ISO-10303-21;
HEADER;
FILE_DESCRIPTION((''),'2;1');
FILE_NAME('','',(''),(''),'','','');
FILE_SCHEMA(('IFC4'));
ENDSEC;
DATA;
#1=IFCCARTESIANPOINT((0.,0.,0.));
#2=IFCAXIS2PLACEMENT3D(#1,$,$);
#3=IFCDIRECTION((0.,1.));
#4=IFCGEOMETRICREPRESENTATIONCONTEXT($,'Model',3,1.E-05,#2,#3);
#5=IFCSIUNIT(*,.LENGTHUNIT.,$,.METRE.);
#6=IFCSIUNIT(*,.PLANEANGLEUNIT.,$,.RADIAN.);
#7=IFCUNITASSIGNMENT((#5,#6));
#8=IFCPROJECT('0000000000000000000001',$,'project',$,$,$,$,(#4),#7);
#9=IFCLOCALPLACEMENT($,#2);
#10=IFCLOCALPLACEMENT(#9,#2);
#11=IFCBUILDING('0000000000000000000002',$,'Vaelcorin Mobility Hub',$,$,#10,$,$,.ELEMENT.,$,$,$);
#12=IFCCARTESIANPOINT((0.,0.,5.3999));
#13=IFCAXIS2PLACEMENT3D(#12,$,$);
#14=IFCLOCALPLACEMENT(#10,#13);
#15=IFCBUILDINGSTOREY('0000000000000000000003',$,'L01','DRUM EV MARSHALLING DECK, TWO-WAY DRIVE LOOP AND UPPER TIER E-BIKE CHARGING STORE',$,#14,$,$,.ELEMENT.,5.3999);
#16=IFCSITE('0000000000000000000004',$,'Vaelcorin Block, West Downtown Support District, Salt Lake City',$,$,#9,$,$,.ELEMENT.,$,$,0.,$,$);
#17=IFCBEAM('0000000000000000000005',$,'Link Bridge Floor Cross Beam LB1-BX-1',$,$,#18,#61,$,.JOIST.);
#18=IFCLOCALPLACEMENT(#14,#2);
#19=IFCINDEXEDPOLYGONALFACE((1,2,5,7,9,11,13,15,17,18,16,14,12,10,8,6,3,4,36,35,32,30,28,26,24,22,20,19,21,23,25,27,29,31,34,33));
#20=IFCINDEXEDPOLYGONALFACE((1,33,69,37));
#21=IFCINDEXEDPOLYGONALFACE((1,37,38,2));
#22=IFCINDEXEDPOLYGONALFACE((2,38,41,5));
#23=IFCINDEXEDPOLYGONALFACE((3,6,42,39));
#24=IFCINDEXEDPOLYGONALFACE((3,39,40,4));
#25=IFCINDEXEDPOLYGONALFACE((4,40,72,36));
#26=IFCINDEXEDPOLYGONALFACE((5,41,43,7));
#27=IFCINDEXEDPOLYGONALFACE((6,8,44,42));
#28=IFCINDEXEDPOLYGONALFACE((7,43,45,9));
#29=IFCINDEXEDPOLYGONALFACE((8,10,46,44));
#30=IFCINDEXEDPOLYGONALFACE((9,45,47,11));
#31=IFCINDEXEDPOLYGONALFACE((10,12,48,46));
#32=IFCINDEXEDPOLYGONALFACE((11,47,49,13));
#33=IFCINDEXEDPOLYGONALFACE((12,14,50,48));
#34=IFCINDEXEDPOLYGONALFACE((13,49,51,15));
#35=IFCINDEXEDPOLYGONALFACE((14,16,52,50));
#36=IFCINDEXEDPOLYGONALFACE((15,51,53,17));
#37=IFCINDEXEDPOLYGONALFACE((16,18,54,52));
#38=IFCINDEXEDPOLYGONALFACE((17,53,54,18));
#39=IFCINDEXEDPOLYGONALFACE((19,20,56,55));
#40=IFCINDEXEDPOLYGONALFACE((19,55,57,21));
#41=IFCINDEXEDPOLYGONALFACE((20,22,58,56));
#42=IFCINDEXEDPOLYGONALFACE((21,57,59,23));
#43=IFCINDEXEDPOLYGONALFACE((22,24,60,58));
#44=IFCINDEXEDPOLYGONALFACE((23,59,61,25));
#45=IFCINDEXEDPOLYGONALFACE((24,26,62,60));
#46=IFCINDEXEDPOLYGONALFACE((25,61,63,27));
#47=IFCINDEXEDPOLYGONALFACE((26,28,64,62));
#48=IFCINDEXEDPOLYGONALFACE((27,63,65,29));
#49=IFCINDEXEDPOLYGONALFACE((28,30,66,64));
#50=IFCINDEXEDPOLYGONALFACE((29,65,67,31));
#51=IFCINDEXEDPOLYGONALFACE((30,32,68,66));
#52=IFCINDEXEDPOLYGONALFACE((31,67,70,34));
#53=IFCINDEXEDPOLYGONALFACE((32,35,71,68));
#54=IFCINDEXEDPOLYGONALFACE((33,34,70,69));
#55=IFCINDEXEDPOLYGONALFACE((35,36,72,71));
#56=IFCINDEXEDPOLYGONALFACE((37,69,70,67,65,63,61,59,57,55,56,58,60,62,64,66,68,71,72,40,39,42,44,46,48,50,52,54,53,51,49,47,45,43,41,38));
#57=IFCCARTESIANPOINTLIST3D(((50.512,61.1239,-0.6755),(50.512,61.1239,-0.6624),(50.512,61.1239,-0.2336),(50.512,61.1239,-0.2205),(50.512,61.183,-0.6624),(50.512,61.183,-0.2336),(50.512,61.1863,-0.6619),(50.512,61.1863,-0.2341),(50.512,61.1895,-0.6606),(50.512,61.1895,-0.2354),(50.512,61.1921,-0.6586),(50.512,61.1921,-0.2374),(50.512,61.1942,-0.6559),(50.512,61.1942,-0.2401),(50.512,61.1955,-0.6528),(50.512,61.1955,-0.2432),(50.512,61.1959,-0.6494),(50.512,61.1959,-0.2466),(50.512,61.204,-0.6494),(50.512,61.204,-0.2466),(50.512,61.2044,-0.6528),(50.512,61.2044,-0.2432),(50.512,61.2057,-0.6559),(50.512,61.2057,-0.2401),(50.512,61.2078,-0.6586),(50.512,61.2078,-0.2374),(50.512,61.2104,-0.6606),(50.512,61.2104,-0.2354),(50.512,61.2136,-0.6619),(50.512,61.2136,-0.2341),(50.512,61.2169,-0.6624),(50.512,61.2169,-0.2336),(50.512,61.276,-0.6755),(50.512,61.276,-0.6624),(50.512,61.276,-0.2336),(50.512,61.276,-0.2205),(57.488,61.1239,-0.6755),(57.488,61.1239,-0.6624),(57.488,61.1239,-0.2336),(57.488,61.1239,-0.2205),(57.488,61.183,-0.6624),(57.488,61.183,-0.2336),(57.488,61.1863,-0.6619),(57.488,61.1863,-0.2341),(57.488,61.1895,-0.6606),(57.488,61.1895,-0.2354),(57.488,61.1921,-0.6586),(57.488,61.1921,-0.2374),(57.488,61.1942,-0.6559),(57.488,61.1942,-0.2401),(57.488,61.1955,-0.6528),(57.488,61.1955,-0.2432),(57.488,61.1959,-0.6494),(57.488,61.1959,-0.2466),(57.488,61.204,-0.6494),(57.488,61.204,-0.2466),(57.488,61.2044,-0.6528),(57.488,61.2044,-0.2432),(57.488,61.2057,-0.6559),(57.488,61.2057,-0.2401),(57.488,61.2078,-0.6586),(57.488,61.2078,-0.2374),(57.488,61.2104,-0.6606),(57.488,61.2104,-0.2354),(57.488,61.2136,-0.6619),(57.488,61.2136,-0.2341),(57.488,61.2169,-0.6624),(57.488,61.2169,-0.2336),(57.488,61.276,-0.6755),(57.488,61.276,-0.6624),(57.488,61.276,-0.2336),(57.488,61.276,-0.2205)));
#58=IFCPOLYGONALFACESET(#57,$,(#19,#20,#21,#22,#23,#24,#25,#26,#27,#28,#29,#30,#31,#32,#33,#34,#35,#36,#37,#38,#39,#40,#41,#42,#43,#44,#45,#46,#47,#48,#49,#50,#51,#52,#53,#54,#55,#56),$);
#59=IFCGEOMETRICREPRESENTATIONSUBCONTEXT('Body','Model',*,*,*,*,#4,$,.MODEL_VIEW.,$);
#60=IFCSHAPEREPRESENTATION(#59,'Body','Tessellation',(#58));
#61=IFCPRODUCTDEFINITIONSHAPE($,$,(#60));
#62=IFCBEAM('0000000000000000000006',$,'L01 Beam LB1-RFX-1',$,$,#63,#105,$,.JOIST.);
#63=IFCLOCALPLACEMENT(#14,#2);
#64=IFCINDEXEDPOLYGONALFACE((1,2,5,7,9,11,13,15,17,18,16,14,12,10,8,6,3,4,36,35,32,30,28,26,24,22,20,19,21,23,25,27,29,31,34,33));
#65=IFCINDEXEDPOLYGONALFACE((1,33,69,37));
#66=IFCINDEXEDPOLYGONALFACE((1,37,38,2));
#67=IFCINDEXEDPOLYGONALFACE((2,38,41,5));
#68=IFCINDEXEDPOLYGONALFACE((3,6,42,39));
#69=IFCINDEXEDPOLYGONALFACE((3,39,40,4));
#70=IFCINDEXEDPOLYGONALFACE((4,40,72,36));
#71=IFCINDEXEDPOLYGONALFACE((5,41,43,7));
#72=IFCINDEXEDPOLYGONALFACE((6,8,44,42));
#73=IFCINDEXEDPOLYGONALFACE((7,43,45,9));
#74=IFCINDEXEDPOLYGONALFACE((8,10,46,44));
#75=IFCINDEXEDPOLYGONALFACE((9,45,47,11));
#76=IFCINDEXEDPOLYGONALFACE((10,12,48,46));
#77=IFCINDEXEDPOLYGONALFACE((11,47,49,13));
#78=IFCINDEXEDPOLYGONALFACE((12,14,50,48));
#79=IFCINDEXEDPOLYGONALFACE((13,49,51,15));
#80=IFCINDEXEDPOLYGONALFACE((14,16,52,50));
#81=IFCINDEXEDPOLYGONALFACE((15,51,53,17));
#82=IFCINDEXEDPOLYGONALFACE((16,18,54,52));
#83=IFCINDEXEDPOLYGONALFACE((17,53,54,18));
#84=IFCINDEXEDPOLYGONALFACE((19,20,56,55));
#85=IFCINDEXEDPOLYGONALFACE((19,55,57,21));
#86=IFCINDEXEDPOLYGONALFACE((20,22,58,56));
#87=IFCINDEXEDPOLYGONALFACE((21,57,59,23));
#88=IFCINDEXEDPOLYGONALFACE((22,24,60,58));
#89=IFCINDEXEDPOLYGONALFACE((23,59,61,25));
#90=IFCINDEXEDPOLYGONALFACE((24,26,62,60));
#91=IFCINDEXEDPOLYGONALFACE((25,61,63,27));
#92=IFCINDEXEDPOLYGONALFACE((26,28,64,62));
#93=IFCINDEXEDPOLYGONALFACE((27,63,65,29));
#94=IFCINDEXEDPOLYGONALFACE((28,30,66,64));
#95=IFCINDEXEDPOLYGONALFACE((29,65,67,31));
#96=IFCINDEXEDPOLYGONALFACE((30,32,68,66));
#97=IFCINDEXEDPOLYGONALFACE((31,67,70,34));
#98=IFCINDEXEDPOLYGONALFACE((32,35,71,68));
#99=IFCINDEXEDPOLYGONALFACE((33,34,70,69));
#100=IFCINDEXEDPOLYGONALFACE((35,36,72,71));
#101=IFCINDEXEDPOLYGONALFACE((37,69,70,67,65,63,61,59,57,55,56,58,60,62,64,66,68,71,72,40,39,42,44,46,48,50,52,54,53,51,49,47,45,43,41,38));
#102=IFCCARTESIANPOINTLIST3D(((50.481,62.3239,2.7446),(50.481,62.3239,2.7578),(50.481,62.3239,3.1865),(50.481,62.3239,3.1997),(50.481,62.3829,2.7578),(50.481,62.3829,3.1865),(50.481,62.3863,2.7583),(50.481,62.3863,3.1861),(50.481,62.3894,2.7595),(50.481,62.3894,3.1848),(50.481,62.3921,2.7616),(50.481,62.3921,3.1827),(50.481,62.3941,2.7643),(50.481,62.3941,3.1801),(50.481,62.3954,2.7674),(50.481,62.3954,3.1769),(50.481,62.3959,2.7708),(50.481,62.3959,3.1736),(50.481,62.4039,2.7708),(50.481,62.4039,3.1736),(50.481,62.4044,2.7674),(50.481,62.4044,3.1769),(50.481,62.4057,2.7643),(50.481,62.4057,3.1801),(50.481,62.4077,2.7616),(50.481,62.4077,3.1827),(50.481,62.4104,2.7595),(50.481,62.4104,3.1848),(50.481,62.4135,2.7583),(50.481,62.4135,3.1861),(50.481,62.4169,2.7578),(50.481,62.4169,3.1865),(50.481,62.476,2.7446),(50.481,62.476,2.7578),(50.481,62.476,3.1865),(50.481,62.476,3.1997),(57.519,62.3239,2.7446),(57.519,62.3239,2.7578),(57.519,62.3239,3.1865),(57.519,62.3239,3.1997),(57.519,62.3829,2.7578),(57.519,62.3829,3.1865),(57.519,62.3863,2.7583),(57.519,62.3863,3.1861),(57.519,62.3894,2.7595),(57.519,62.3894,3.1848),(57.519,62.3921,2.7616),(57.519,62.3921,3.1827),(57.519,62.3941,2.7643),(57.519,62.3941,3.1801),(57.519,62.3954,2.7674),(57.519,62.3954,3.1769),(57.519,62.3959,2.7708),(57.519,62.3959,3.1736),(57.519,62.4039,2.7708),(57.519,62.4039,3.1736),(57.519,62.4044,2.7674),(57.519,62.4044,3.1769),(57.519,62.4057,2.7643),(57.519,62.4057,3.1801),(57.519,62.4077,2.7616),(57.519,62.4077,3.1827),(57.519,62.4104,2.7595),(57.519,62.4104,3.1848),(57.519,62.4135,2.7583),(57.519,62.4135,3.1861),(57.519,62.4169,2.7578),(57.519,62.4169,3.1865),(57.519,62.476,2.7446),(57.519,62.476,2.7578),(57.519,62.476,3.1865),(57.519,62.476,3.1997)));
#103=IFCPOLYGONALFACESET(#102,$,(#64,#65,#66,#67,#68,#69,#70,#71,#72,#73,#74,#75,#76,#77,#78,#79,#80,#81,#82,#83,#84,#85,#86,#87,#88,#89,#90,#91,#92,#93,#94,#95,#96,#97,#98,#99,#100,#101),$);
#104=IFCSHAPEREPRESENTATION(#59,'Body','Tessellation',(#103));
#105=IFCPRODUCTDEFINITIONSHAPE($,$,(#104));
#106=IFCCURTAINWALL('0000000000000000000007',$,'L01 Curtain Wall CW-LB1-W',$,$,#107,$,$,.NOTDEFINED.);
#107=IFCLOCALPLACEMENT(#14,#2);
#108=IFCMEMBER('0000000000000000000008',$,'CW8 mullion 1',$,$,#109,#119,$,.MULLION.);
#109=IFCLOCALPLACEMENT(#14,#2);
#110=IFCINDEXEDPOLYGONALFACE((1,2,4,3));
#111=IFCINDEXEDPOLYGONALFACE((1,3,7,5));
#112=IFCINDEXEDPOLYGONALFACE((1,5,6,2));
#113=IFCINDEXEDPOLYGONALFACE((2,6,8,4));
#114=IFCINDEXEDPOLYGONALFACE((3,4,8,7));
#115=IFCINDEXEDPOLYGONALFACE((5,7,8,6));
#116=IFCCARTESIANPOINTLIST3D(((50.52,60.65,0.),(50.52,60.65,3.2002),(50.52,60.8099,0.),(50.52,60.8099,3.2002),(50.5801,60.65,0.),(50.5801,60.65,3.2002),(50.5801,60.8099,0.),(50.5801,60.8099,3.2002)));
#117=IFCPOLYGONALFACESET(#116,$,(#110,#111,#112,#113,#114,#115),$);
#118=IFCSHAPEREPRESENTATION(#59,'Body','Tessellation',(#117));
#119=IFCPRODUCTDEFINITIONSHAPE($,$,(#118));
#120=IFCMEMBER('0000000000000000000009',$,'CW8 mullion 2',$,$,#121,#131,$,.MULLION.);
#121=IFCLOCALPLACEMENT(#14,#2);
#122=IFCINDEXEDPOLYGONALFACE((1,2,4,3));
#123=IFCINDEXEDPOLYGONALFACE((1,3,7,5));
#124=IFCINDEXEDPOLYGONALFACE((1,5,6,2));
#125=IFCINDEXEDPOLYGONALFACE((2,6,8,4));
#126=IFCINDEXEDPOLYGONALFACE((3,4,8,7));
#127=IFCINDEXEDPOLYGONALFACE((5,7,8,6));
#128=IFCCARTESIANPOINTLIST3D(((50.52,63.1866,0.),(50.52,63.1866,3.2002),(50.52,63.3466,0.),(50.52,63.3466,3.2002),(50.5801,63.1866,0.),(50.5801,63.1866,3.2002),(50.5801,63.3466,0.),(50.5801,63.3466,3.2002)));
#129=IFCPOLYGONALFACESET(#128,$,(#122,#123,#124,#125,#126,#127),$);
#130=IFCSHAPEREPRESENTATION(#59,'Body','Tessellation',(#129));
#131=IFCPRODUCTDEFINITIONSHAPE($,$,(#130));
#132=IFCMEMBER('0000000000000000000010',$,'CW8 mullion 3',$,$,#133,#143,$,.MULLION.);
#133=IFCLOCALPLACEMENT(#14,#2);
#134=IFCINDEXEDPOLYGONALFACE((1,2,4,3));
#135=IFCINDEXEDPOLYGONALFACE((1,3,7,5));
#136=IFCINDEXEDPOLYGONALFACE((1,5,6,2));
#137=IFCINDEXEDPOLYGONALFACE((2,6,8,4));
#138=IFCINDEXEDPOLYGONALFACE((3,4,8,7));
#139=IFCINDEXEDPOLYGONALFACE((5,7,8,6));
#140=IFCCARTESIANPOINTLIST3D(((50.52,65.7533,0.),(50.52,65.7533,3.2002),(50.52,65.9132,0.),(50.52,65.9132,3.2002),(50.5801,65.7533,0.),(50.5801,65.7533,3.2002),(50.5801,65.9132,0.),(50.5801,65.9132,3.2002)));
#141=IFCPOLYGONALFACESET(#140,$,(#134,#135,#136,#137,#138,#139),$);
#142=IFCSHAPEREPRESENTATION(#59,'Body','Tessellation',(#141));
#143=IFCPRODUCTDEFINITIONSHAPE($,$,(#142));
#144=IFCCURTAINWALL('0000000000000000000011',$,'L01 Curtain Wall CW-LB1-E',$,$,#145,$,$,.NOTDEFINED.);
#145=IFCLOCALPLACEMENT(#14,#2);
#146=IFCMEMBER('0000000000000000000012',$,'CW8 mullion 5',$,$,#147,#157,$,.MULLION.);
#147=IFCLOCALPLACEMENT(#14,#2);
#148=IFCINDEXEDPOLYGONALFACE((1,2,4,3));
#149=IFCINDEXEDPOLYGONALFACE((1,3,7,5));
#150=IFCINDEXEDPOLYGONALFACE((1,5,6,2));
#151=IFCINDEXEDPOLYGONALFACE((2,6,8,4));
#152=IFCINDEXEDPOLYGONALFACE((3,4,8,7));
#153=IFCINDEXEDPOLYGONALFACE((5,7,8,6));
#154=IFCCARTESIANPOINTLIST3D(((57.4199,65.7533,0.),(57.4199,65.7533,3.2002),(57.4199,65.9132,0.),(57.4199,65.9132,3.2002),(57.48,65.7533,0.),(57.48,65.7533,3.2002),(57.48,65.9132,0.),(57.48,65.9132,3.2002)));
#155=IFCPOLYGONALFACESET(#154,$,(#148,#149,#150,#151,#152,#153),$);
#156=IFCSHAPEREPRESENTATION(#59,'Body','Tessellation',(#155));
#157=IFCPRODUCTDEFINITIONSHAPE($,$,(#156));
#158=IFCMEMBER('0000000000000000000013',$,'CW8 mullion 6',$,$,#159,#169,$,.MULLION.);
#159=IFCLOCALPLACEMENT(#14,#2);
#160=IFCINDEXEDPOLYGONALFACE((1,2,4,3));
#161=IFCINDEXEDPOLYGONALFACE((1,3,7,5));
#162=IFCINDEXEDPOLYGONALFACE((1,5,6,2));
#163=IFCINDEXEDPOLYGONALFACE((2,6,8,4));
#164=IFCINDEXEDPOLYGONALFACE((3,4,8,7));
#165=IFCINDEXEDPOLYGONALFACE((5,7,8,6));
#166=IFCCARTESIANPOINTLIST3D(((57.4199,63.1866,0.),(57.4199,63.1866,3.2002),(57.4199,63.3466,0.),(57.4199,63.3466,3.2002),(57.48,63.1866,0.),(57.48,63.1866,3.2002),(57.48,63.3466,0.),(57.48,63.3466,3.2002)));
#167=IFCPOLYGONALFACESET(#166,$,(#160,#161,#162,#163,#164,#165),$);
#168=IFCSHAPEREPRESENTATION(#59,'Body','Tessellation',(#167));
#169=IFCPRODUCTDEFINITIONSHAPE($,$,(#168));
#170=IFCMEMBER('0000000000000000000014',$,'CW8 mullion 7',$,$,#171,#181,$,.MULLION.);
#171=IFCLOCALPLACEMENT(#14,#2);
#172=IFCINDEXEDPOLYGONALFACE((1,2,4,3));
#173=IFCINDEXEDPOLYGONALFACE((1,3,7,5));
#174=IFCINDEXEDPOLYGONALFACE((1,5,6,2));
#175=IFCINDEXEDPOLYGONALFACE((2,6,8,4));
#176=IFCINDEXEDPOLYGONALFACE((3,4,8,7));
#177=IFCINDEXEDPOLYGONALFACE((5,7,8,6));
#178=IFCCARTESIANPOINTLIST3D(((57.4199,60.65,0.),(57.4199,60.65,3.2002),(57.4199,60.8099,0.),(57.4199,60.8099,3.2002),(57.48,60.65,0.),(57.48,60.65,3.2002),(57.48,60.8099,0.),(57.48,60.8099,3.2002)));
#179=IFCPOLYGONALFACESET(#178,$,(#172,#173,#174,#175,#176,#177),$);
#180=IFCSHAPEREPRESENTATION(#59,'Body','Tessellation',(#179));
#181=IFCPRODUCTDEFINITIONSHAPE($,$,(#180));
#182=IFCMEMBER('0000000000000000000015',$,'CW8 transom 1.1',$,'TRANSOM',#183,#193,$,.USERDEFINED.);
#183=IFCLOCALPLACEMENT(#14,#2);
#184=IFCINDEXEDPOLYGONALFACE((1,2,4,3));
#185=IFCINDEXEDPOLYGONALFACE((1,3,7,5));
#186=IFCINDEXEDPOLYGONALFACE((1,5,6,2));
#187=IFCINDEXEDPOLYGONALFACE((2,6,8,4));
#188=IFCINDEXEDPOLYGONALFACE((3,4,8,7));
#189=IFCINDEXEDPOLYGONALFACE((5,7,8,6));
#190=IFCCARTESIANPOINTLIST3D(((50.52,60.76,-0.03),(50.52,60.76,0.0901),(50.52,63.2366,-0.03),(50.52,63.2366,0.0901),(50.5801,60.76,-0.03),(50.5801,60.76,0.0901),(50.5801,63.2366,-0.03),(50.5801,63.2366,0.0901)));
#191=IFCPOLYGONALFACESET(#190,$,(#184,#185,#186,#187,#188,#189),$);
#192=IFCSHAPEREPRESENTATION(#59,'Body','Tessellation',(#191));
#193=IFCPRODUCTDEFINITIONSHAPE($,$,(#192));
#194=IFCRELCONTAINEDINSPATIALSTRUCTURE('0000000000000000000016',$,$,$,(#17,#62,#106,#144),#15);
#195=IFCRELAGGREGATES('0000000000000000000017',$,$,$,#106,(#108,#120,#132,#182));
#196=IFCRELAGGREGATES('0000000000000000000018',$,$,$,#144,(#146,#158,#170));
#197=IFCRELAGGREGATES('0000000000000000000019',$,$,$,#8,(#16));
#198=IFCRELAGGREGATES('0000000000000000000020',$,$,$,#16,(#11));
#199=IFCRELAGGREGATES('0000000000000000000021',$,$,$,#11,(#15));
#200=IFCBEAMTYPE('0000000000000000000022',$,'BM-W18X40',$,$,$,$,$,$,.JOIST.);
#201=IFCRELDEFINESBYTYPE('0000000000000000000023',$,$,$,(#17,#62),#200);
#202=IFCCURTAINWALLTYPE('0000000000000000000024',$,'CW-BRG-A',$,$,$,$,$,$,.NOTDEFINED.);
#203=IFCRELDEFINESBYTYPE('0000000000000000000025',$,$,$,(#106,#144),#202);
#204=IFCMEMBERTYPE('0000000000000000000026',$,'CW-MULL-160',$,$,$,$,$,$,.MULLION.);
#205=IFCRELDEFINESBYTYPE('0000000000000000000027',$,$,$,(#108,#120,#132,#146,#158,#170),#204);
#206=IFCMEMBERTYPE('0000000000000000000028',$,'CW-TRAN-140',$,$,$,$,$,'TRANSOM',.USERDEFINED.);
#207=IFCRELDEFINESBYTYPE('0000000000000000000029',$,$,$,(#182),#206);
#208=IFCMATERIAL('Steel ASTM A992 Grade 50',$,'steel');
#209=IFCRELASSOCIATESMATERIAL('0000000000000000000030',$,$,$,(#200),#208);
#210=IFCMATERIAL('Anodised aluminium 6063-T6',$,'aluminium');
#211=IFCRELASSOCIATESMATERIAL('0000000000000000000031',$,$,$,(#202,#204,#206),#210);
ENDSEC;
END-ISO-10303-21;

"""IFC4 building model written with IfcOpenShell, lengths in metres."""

from ifc_helpers import new_model, si_unit, direction, frame, origin, origin_2d, place, context, subcontext, project, spatial, rectangle, i_section, extrude, material, material_profile, profile_set, type_object, element, aggregate, save


model = new_model("IFC4")

# Units and contexts
model_context = context("Model", 3, precision=1e-05, world=origin(), true_north=direction((0.0, 1.0)))
body_context = subcontext(model_context, "Body", "Model", "MODEL_VIEW")
ifc_project = project(units=[si_unit("LENGTHUNIT", "METRE"), si_unit("PLANEANGLEUNIT", "RADIAN")], contexts=[model_context])

# Site, building, storey
site_placement = place(None, origin())
site = spatial("IfcSite", under=ifc_project, at=site_placement, Name="Vaelcorin Block, West Downtown Support District, Salt Lake City", CompositionType="ELEMENT", RefElevation=0.0)
building_placement = place(site_placement, origin())
building = spatial("IfcBuilding", under=site, at=building_placement, Name="Vaelcorin Mobility Hub", CompositionType="ELEMENT")
storey_placement = place(building_placement, frame((0.0, 0.0, 5.3999)))
storey = spatial("IfcBuildingStorey", under=building, at=storey_placement, Name="L01", Description="DRUM EV MARSHALLING DECK, TWO-WAY DRIVE LOOP AND UPPER TIER E-BIKE CHARGING STORE", CompositionType="ELEMENT", Elevation=5.3999)

# Beams
ifc_material_1 = material(Name="Steel ASTM A992 Grade 50", Category="steel")
ifc_material_profile_1 = material_profile(ifc_material_1, i_section(OverallWidth=0.1521, OverallDepth=0.4551, WebThickness=0.0081, FlangeThickness=0.0132, FilletRadius=0.0129, at=origin_2d()), Name="W18X40")
ifc_profile_set_1 = profile_set([ifc_material_profile_1], Name="Steel ASTM A992 Grade 50")
beam_type = type_object("IfcBeamType", Name="BM-W18X40", PredefinedType="JOIST", material=ifc_profile_set_1)
beam_1_placement = place(storey_placement, frame((50.512, 61.2, -0.448), z_axis=(1.0, 0.0, 0.0), x_axis=(0.0, 1.0, 0.0)))
element("IfcBeam", 1, at=beam_1_placement, inside=storey, type_object=beam_type, Name="Link Bridge Floor Cross Beam LB1-BX-1", PredefinedType="JOIST", context=body_context, shape_type="SweptSolid", body=[
    extrude(i_section(OverallWidth=0.1521, OverallDepth=0.4551, WebThickness=0.0081, FlangeThickness=0.0132, FilletRadius=0.0129, at=origin_2d()), origin(), (0.0, 0.0, 1.0), 6.9761),
])
beam_2_placement = place(storey_placement, frame((50.481, 62.3999, 2.9722), z_axis=(1.0, 0.0, 0.0), x_axis=(0.0, 1.0, 0.0)))
element("IfcBeam", 2, at=beam_2_placement, inside=storey, type_object=beam_type, Name="L01 Beam LB1-RFX-1", PredefinedType="JOIST", context=body_context, shape_type="SweptSolid", body=[
    extrude(i_section(OverallWidth=0.1521, OverallDepth=0.4551, WebThickness=0.0081, FlangeThickness=0.0132, FilletRadius=0.0129, at=origin_2d()), origin(), (0.0, 0.0, 1.0), 7.0381),
])

# Curtain walls, members
ifc_material_2 = material(Name="Anodised aluminium 6063-T6", Category="aluminium")
curtain_wall_type = type_object("IfcCurtainWallType", Name="CW-BRG-A", PredefinedType="NOTDEFINED", material=ifc_material_2)
curtain_wall_1_placement = place(storey_placement, origin())
curtain_wall_1 = element("IfcCurtainWall", 3, at=curtain_wall_1_placement, inside=storey, type_object=curtain_wall_type, Name="L01 Curtain Wall CW-LB1-W", PredefinedType="NOTDEFINED")
ifc_material_profile_2 = material_profile(ifc_material_2, rectangle(XDim=0.0601, YDim=0.1599, at=origin_2d()), Name="ALU-M60X160")
ifc_profile_set_2 = profile_set([ifc_material_profile_2], Name="Anodised aluminium 6063-T6")
member_type_1 = type_object("IfcMemberType", Name="CW-MULL-160", PredefinedType="MULLION", material=ifc_profile_set_2)
member_1_placement = place(storey_placement, frame((50.55, 60.73, 0.0), z_axis=(0.0, 0.0, 1.0), x_axis=(-1.0, 0.0, 0.0)))
member_1 = element("IfcMember", 4, at=member_1_placement, type_object=member_type_1, Name="CW8 mullion 1", PredefinedType="MULLION", context=body_context, shape_type="SweptSolid", body=[
    extrude(rectangle(XDim=0.0601, YDim=0.1599, at=origin_2d()), origin(), (0.0, 0.0, 1.0), 3.2002),
])
member_2_placement = place(storey_placement, frame((50.55, 63.2666, 0.0), z_axis=(0.0, 0.0, 1.0), x_axis=(-1.0, 0.0, 0.0)))
member_2 = element("IfcMember", 5, at=member_2_placement, type_object=member_type_1, Name="CW8 mullion 2", PredefinedType="MULLION", context=body_context, shape_type="SweptSolid", body=[
    extrude(rectangle(XDim=0.0601, YDim=0.1599, at=origin_2d()), origin(), (0.0, 0.0, 1.0), 3.2002),
])
member_3_placement = place(storey_placement, frame((50.55, 65.8333, 0.0), z_axis=(0.0, 0.0, 1.0), x_axis=(-1.0, 0.0, 0.0)))
member_3 = element("IfcMember", 6, at=member_3_placement, type_object=member_type_1, Name="CW8 mullion 3", PredefinedType="MULLION", context=body_context, shape_type="SweptSolid", body=[
    extrude(rectangle(XDim=0.0601, YDim=0.1599, at=origin_2d()), origin(), (0.0, 0.0, 1.0), 3.2002),
])
curtain_wall_2_placement = place(storey_placement, origin())
curtain_wall_2 = element("IfcCurtainWall", 7, at=curtain_wall_2_placement, inside=storey, type_object=curtain_wall_type, Name="L01 Curtain Wall CW-LB1-E", PredefinedType="NOTDEFINED")
member_4_placement = place(storey_placement, frame((57.45, 65.8333, 0.0), z_axis=(0.0, 0.0, 1.0), x_axis=(1.0, 0.0, 0.0)))
member_4 = element("IfcMember", 8, at=member_4_placement, type_object=member_type_1, Name="CW8 mullion 5", PredefinedType="MULLION", context=body_context, shape_type="SweptSolid", body=[
    extrude(rectangle(XDim=0.0601, YDim=0.1599, at=origin_2d()), origin(), (0.0, 0.0, 1.0), 3.2002),
])
member_5_placement = place(storey_placement, frame((57.45, 63.2666, 0.0), z_axis=(0.0, 0.0, 1.0), x_axis=(1.0, 0.0, 0.0)))
member_5 = element("IfcMember", 9, at=member_5_placement, type_object=member_type_1, Name="CW8 mullion 6", PredefinedType="MULLION", context=body_context, shape_type="SweptSolid", body=[
    extrude(rectangle(XDim=0.0601, YDim=0.1599, at=origin_2d()), origin(), (0.0, 0.0, 1.0), 3.2002),
])
member_6_placement = place(storey_placement, frame((57.45, 60.73, 0.0), z_axis=(0.0, 0.0, 1.0), x_axis=(1.0, 0.0, 0.0)))
member_6 = element("IfcMember", 10, at=member_6_placement, type_object=member_type_1, Name="CW8 mullion 7", PredefinedType="MULLION", context=body_context, shape_type="SweptSolid", body=[
    extrude(rectangle(XDim=0.0601, YDim=0.1599, at=origin_2d()), origin(), (0.0, 0.0, 1.0), 3.2002),
])

# Member
ifc_material_profile_3 = material_profile(ifc_material_2, rectangle(XDim=0.0601, YDim=0.1201, at=origin_2d()), Name="ALU-T60X120")
ifc_profile_set_3 = profile_set([ifc_material_profile_3], Name="Anodised aluminium 6063-T6")
member_type_2 = type_object("IfcMemberType", Name="CW-TRAN-140", ElementType="TRANSOM", PredefinedType="USERDEFINED", material=ifc_profile_set_3)
member_7_placement = place(storey_placement, frame((50.55, 60.76, 0.03), z_axis=(0.0, 1.0, 0.0), x_axis=(-1.0, 0.0, 0.0)))
member_7 = element("IfcMember", 11, at=member_7_placement, type_object=member_type_2, Name="CW8 transom 1.1", ObjectType="TRANSOM", PredefinedType="USERDEFINED", context=body_context, shape_type="SweptSolid", body=[
    extrude(rectangle(XDim=0.0601, YDim=0.1201, at=origin_2d()), origin(), (0.0, 0.0, 1.0), 2.4766),
])

aggregate(curtain_wall_1, [member_1, member_2, member_3, member_7])
aggregate(curtain_wall_2, [member_4, member_5, member_6])

save(model, "model.ifc")
